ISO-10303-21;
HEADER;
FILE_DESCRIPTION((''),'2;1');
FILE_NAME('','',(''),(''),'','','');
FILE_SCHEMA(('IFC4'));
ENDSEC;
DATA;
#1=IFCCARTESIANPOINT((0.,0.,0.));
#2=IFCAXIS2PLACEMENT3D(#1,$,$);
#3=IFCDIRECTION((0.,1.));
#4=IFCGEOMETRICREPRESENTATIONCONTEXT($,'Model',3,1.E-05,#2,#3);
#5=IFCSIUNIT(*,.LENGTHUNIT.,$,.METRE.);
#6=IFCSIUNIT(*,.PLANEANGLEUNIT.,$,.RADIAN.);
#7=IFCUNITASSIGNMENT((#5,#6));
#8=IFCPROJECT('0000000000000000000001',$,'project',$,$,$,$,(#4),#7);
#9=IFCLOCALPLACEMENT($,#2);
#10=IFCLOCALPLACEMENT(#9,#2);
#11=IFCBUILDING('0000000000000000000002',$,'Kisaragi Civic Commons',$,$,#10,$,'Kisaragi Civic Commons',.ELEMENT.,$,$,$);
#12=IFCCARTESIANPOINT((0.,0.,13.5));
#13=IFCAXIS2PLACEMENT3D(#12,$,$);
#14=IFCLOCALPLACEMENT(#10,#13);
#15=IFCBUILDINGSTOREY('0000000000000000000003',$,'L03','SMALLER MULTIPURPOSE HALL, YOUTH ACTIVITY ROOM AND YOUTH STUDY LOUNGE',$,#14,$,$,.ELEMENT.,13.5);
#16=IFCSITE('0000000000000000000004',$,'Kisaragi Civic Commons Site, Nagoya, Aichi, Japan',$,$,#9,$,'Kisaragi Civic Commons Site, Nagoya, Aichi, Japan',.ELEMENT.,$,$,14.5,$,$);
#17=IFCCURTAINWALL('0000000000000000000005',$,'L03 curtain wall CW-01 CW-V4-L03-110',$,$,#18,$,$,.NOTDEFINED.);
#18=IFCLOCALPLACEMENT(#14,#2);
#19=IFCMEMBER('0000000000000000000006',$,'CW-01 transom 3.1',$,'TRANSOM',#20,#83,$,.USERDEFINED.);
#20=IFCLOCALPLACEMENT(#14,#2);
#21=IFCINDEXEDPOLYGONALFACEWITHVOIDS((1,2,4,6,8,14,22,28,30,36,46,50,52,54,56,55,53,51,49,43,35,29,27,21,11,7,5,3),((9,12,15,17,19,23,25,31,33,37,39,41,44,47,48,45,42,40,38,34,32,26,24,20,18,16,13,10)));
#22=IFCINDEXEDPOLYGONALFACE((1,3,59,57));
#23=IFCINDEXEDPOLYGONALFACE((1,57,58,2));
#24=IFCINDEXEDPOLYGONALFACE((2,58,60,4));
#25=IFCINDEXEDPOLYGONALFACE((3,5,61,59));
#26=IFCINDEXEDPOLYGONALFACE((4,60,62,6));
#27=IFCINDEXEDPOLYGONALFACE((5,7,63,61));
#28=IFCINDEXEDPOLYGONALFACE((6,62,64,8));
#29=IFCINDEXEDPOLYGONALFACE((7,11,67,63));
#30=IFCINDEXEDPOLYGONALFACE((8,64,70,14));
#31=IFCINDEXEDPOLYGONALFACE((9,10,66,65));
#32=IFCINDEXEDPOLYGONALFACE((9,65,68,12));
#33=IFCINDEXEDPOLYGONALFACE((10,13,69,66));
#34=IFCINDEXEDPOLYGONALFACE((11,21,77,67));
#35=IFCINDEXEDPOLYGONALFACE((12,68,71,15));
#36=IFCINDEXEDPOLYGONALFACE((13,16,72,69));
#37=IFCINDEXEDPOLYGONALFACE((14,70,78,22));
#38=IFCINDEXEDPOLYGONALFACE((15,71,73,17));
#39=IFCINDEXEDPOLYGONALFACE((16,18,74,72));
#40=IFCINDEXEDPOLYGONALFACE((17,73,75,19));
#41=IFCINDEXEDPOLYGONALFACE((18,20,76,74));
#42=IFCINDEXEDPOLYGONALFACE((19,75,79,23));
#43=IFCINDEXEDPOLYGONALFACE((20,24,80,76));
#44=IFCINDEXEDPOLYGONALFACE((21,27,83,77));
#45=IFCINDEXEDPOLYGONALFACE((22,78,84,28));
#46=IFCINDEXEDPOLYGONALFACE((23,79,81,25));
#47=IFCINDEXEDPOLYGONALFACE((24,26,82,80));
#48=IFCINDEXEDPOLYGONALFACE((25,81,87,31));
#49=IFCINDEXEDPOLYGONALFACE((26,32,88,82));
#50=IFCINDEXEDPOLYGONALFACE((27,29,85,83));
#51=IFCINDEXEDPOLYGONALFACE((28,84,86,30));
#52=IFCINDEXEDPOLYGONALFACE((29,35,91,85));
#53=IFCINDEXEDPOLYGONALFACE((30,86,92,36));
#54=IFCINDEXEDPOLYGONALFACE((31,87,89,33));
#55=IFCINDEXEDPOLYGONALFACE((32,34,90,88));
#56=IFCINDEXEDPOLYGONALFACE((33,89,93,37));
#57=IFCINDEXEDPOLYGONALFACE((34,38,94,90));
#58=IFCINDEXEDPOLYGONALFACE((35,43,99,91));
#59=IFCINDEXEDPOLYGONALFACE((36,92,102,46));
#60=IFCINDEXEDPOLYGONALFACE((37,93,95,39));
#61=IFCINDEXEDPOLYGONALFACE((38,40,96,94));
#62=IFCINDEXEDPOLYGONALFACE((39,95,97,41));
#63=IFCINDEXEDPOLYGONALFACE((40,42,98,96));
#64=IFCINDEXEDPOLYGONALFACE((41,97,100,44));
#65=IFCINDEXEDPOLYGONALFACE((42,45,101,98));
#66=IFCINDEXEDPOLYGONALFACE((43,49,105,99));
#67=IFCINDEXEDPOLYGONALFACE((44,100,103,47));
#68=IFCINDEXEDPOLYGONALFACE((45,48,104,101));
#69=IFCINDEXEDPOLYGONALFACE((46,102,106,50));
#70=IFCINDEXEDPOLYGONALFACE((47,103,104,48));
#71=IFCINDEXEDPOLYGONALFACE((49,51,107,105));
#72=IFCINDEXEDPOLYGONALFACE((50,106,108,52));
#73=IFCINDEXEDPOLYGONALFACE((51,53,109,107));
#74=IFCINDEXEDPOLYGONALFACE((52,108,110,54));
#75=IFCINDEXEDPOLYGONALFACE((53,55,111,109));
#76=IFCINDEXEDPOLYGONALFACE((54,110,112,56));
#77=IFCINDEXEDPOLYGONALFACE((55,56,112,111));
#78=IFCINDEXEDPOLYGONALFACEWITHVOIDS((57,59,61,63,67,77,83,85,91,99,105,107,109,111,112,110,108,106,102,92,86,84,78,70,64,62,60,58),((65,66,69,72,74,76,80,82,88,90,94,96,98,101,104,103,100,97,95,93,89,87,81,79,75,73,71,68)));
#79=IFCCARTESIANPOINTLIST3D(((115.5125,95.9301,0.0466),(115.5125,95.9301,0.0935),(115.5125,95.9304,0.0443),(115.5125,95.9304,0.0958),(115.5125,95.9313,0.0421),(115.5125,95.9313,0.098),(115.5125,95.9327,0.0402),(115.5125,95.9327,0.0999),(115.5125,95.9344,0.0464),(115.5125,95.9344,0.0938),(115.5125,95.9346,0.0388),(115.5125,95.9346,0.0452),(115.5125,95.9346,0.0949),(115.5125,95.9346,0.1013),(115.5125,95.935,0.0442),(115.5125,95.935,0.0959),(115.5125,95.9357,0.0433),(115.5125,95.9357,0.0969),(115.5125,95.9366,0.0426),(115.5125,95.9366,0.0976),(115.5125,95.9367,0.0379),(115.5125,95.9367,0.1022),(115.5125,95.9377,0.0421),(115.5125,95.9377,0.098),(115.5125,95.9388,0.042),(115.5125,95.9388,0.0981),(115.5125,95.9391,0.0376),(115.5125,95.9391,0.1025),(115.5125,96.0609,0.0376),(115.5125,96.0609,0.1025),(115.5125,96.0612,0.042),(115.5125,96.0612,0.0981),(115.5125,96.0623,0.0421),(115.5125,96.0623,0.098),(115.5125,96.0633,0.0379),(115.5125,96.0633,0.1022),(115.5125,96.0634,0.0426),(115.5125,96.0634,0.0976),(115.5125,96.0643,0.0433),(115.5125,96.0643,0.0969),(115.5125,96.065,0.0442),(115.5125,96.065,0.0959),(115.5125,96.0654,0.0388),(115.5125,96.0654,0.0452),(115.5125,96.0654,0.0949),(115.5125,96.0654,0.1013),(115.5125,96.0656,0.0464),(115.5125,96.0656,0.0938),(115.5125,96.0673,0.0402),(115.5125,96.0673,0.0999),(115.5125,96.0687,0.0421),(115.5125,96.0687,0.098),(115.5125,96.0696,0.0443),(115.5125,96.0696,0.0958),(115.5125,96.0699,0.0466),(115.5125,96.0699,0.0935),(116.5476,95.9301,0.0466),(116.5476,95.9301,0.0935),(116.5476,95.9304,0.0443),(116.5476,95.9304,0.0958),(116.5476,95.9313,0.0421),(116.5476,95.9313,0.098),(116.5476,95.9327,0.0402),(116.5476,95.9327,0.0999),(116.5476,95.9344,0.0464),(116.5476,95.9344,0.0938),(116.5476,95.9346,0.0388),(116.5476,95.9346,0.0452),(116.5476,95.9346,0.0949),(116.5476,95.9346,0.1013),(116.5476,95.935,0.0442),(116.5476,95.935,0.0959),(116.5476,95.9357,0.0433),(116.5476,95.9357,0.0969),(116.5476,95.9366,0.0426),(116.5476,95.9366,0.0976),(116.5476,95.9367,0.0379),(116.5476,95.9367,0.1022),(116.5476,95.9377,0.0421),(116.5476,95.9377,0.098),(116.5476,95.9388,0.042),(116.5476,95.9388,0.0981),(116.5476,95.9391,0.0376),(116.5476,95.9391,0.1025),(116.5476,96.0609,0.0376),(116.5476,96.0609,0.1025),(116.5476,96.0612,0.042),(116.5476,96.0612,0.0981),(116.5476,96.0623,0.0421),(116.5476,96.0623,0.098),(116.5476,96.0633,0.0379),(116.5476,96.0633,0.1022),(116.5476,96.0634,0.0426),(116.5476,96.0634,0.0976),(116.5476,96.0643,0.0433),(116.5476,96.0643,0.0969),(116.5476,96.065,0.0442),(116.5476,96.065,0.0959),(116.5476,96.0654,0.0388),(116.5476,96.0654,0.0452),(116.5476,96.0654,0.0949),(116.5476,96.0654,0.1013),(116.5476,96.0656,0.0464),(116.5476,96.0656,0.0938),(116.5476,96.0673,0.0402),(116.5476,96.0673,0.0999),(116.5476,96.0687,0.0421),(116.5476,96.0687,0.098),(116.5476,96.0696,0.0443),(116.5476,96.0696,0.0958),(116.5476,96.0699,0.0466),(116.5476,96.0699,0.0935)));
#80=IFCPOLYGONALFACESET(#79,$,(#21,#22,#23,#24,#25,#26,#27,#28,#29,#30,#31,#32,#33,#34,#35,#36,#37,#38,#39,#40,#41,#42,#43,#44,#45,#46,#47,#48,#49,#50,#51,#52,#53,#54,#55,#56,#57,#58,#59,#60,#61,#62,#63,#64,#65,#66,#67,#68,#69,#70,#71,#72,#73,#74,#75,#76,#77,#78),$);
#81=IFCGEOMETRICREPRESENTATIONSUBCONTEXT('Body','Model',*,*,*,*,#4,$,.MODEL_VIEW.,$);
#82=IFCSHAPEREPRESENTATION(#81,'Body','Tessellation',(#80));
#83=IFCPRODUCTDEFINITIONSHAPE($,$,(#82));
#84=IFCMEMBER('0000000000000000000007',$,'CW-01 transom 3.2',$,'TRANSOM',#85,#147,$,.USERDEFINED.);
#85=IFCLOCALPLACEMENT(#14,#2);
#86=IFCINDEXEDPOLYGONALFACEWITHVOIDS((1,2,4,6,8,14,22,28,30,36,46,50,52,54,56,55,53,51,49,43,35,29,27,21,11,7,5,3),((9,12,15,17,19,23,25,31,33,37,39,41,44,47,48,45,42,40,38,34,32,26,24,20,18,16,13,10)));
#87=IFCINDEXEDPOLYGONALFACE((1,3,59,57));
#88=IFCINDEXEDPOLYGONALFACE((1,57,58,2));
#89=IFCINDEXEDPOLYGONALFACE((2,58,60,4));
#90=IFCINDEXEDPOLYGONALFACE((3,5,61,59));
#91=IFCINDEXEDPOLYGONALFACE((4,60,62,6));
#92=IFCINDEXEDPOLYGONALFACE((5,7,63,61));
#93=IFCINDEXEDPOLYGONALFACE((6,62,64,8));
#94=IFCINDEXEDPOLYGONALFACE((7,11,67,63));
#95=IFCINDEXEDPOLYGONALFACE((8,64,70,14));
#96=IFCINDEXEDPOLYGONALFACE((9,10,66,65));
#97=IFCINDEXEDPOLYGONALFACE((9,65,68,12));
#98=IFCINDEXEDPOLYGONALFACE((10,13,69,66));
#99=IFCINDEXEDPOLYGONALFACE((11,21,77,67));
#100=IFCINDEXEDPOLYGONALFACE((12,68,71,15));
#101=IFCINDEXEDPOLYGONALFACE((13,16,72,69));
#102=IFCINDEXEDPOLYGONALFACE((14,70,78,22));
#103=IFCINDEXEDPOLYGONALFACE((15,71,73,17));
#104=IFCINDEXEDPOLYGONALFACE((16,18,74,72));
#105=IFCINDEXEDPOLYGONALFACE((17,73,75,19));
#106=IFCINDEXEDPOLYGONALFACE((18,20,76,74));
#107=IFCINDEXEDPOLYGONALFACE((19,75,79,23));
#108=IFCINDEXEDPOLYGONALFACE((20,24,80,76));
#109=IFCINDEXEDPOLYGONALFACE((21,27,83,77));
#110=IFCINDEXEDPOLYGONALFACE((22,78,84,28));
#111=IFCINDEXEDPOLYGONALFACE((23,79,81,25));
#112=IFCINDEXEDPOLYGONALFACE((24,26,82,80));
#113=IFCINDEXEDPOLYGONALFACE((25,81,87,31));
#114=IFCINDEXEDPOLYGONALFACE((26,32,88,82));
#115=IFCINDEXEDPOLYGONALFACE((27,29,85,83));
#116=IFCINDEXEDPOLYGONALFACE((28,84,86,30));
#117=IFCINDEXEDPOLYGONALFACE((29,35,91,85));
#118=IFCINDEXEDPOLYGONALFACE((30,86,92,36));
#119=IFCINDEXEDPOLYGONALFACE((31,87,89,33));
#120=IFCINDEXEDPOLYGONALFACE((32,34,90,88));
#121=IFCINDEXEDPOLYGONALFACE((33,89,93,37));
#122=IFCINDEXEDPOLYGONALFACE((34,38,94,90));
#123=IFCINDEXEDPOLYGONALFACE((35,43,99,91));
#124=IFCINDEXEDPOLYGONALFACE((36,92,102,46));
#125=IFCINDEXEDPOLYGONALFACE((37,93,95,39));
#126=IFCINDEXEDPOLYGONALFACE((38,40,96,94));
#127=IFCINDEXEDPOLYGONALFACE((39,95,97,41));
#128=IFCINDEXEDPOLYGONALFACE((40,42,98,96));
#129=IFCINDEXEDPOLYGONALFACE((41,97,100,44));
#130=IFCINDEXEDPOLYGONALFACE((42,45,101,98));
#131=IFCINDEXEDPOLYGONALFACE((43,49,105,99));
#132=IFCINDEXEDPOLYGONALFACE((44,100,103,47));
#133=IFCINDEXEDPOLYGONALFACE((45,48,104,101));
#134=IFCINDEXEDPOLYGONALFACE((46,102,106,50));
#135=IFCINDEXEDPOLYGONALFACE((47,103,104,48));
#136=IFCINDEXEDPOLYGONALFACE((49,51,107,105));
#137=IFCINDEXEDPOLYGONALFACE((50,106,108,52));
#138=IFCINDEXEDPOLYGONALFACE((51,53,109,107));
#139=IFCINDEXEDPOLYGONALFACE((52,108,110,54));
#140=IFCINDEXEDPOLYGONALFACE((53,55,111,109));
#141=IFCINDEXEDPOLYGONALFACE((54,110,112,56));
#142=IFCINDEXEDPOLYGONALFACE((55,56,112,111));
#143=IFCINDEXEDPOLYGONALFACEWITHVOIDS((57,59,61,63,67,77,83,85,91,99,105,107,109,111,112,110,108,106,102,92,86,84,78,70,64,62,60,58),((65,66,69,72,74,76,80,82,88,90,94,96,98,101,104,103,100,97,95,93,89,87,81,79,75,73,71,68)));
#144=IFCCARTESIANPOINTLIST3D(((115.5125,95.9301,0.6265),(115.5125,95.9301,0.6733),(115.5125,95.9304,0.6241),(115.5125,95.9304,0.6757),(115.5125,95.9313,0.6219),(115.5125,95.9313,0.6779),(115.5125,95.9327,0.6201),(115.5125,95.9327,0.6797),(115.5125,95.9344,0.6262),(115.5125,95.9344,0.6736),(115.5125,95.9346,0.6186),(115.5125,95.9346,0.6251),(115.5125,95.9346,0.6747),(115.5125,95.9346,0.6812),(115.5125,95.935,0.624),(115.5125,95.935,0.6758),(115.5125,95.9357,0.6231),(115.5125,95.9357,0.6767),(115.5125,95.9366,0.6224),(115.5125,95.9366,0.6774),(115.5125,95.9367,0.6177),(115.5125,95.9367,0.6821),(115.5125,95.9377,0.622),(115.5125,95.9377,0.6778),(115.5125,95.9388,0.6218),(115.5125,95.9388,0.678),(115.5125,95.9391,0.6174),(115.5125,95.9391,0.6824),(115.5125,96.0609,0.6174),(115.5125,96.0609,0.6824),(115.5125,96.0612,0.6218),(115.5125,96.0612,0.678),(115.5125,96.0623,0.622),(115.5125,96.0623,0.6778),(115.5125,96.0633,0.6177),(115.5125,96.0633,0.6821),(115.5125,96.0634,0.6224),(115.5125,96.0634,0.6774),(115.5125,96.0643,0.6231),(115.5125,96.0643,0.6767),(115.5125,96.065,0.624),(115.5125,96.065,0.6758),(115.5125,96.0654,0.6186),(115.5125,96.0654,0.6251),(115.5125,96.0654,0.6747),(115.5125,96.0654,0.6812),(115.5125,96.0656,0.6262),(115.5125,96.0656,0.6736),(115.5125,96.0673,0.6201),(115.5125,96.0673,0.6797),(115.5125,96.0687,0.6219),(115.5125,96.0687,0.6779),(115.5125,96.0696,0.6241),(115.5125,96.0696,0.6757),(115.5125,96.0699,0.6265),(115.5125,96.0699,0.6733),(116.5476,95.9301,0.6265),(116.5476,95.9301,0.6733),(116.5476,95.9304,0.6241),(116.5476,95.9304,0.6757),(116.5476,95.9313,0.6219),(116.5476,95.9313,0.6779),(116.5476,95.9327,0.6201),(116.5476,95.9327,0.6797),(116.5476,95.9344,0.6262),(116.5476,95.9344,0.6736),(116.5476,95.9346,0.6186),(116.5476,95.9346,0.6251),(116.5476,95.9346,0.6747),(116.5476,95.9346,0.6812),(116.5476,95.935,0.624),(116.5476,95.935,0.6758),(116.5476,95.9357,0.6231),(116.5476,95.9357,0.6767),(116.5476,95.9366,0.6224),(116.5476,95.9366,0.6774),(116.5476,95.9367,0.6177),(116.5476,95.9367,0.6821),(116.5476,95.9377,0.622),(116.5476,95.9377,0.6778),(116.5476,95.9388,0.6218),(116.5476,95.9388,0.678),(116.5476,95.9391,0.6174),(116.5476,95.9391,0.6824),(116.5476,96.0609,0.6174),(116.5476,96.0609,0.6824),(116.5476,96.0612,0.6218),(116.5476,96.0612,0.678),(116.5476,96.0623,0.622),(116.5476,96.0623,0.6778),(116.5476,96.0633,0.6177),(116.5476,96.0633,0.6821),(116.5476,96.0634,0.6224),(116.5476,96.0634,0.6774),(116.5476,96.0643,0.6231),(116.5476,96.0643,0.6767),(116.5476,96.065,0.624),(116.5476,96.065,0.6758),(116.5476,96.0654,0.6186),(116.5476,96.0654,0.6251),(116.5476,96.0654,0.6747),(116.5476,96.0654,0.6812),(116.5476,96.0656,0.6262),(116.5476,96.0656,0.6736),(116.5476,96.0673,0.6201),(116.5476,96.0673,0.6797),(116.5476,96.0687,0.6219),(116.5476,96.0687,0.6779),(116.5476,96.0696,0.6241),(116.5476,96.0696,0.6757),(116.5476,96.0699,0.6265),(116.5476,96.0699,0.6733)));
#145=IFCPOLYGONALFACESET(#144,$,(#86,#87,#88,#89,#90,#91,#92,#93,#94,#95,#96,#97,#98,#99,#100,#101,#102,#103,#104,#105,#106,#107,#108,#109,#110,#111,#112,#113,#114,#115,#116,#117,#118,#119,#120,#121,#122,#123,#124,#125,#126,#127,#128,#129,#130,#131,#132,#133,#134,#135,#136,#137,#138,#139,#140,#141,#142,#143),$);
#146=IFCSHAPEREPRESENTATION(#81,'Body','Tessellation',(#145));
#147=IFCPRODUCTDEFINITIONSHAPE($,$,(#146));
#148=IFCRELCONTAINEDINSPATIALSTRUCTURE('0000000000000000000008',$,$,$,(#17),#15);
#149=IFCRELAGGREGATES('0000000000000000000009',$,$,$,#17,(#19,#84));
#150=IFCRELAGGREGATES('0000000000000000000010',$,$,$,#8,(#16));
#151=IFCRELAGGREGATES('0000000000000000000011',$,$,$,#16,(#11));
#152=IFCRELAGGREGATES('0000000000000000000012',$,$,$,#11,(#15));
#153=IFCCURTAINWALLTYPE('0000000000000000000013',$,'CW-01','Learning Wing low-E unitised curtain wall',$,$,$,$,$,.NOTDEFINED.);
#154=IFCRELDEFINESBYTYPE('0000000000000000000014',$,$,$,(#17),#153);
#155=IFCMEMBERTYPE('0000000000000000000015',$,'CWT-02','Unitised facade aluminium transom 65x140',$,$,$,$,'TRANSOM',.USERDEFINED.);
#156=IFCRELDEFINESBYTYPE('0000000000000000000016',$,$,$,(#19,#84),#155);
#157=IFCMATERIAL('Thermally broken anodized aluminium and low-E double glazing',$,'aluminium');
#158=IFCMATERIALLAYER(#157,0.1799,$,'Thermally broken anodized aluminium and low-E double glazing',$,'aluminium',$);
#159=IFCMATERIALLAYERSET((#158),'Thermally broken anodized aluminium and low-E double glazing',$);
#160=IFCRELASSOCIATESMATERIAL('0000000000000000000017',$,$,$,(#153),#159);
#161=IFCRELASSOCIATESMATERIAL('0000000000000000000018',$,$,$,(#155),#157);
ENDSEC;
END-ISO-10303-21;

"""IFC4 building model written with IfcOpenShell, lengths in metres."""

from ifc_helpers import new_model, si_unit, direction, frame, origin, origin_2d, place, context, subcontext, project, spatial, hollow_rectangle, extrude, material, layer, layer_set, material_profile, profile_set, type_object, element, aggregate, save


model = new_model("IFC4")

# Units and contexts
model_context = context("Model", 3, precision=1e-05, world=origin(), true_north=direction((0.0, 1.0)))
body_context = subcontext(model_context, "Body", "Model", "MODEL_VIEW")
ifc_project = project(units=[si_unit("LENGTHUNIT", "METRE"), si_unit("PLANEANGLEUNIT", "RADIAN")], contexts=[model_context])

# Site, building, storey
site_placement = place(None, origin())
site = spatial("IfcSite", under=ifc_project, at=site_placement, Name="Kisaragi Civic Commons Site, Nagoya, Aichi, Japan", LongName="Kisaragi Civic Commons Site, Nagoya, Aichi, Japan", CompositionType="ELEMENT", RefElevation=14.5)
building_placement = place(site_placement, origin())
building = spatial("IfcBuilding", under=site, at=building_placement, Name="Kisaragi Civic Commons", LongName="Kisaragi Civic Commons", CompositionType="ELEMENT")
storey_placement = place(building_placement, frame((0.0, 0.0, 13.5)))
storey = spatial("IfcBuildingStorey", under=building, at=storey_placement, Name="L03", Description="SMALLER MULTIPURPOSE HALL, YOUTH ACTIVITY ROOM AND YOUTH STUDY LOUNGE", CompositionType="ELEMENT", Elevation=13.5)

# Curtain wall, members
ifc_material_1 = material(Name="Thermally broken anodized aluminium and low-E double glazing", Category="aluminium")
ifc_layer_1 = layer(ifc_material_1, 0.1799, Name="Thermally broken anodized aluminium and low-E double glazing", Category="aluminium")
ifc_layer_set_1 = layer_set([ifc_layer_1], Name="Thermally broken anodized aluminium and low-E double glazing")
curtain_wall_type = type_object("IfcCurtainWallType", Name="CW-01", Description="Learning Wing low-E unitised curtain wall", PredefinedType="NOTDEFINED", material=ifc_layer_set_1)
curtain_wall_placement = place(storey_placement, origin())
curtain_wall = element("IfcCurtainWall", 1, at=curtain_wall_placement, inside=storey, type_object=curtain_wall_type, Name="L03 curtain wall CW-01 CW-V4-L03-110", PredefinedType="NOTDEFINED")
ifc_material_profile_1 = material_profile(ifc_material_1, hollow_rectangle(XDim=0.1399, YDim=0.0649, WallThickness=0.0044, InnerFilletRadius=0.0044, OuterFilletRadius=0.009, at=origin_2d()), Name="CWT-65x140x4.5", Category="aluminium")
ifc_profile_set_1 = profile_set([ifc_material_profile_1], Name="Thermally broken anodized aluminium and low-E double glazing")
member_type_1 = type_object("IfcMemberType", Name="CWT-02", Description="Unitised facade aluminium transom 65x140", ElementType="TRANSOM", PredefinedType="USERDEFINED", material=ifc_profile_set_1)
member_1_placement = place(storey_placement, frame((116.5476, 96.0, 0.0701), z_axis=(-1.0, 0.0, 0.0), x_axis=(0.0, -1.0, 0.0)))
member_1 = element("IfcMember", 2, at=member_1_placement, type_object=member_type_1, Name="CW-01 transom 3.1", ObjectType="TRANSOM", PredefinedType="USERDEFINED", context=body_context, shape_type="SweptSolid", body=[
    extrude(hollow_rectangle(XDim=0.1399, YDim=0.0649, WallThickness=0.0044, InnerFilletRadius=0.0044, OuterFilletRadius=0.009, at=origin_2d()), origin(), (0.0, 0.0, 1.0), 1.0352),
])
member_2_placement = place(storey_placement, frame((116.5476, 96.0, 0.6499), z_axis=(-1.0, 0.0, 0.0), x_axis=(0.0, -1.0, 0.0)))
member_2 = element("IfcMember", 3, at=member_2_placement, type_object=member_type_1, Name="CW-01 transom 3.2", ObjectType="TRANSOM", PredefinedType="USERDEFINED", context=body_context, shape_type="SweptSolid", body=[
    extrude(hollow_rectangle(XDim=0.1399, YDim=0.0649, WallThickness=0.0044, InnerFilletRadius=0.0044, OuterFilletRadius=0.009, at=origin_2d()), origin(), (0.0, 0.0, 1.0), 1.0352),
])
aggregate(curtain_wall, [member_1, member_2])

save(model, "model.ifc")
